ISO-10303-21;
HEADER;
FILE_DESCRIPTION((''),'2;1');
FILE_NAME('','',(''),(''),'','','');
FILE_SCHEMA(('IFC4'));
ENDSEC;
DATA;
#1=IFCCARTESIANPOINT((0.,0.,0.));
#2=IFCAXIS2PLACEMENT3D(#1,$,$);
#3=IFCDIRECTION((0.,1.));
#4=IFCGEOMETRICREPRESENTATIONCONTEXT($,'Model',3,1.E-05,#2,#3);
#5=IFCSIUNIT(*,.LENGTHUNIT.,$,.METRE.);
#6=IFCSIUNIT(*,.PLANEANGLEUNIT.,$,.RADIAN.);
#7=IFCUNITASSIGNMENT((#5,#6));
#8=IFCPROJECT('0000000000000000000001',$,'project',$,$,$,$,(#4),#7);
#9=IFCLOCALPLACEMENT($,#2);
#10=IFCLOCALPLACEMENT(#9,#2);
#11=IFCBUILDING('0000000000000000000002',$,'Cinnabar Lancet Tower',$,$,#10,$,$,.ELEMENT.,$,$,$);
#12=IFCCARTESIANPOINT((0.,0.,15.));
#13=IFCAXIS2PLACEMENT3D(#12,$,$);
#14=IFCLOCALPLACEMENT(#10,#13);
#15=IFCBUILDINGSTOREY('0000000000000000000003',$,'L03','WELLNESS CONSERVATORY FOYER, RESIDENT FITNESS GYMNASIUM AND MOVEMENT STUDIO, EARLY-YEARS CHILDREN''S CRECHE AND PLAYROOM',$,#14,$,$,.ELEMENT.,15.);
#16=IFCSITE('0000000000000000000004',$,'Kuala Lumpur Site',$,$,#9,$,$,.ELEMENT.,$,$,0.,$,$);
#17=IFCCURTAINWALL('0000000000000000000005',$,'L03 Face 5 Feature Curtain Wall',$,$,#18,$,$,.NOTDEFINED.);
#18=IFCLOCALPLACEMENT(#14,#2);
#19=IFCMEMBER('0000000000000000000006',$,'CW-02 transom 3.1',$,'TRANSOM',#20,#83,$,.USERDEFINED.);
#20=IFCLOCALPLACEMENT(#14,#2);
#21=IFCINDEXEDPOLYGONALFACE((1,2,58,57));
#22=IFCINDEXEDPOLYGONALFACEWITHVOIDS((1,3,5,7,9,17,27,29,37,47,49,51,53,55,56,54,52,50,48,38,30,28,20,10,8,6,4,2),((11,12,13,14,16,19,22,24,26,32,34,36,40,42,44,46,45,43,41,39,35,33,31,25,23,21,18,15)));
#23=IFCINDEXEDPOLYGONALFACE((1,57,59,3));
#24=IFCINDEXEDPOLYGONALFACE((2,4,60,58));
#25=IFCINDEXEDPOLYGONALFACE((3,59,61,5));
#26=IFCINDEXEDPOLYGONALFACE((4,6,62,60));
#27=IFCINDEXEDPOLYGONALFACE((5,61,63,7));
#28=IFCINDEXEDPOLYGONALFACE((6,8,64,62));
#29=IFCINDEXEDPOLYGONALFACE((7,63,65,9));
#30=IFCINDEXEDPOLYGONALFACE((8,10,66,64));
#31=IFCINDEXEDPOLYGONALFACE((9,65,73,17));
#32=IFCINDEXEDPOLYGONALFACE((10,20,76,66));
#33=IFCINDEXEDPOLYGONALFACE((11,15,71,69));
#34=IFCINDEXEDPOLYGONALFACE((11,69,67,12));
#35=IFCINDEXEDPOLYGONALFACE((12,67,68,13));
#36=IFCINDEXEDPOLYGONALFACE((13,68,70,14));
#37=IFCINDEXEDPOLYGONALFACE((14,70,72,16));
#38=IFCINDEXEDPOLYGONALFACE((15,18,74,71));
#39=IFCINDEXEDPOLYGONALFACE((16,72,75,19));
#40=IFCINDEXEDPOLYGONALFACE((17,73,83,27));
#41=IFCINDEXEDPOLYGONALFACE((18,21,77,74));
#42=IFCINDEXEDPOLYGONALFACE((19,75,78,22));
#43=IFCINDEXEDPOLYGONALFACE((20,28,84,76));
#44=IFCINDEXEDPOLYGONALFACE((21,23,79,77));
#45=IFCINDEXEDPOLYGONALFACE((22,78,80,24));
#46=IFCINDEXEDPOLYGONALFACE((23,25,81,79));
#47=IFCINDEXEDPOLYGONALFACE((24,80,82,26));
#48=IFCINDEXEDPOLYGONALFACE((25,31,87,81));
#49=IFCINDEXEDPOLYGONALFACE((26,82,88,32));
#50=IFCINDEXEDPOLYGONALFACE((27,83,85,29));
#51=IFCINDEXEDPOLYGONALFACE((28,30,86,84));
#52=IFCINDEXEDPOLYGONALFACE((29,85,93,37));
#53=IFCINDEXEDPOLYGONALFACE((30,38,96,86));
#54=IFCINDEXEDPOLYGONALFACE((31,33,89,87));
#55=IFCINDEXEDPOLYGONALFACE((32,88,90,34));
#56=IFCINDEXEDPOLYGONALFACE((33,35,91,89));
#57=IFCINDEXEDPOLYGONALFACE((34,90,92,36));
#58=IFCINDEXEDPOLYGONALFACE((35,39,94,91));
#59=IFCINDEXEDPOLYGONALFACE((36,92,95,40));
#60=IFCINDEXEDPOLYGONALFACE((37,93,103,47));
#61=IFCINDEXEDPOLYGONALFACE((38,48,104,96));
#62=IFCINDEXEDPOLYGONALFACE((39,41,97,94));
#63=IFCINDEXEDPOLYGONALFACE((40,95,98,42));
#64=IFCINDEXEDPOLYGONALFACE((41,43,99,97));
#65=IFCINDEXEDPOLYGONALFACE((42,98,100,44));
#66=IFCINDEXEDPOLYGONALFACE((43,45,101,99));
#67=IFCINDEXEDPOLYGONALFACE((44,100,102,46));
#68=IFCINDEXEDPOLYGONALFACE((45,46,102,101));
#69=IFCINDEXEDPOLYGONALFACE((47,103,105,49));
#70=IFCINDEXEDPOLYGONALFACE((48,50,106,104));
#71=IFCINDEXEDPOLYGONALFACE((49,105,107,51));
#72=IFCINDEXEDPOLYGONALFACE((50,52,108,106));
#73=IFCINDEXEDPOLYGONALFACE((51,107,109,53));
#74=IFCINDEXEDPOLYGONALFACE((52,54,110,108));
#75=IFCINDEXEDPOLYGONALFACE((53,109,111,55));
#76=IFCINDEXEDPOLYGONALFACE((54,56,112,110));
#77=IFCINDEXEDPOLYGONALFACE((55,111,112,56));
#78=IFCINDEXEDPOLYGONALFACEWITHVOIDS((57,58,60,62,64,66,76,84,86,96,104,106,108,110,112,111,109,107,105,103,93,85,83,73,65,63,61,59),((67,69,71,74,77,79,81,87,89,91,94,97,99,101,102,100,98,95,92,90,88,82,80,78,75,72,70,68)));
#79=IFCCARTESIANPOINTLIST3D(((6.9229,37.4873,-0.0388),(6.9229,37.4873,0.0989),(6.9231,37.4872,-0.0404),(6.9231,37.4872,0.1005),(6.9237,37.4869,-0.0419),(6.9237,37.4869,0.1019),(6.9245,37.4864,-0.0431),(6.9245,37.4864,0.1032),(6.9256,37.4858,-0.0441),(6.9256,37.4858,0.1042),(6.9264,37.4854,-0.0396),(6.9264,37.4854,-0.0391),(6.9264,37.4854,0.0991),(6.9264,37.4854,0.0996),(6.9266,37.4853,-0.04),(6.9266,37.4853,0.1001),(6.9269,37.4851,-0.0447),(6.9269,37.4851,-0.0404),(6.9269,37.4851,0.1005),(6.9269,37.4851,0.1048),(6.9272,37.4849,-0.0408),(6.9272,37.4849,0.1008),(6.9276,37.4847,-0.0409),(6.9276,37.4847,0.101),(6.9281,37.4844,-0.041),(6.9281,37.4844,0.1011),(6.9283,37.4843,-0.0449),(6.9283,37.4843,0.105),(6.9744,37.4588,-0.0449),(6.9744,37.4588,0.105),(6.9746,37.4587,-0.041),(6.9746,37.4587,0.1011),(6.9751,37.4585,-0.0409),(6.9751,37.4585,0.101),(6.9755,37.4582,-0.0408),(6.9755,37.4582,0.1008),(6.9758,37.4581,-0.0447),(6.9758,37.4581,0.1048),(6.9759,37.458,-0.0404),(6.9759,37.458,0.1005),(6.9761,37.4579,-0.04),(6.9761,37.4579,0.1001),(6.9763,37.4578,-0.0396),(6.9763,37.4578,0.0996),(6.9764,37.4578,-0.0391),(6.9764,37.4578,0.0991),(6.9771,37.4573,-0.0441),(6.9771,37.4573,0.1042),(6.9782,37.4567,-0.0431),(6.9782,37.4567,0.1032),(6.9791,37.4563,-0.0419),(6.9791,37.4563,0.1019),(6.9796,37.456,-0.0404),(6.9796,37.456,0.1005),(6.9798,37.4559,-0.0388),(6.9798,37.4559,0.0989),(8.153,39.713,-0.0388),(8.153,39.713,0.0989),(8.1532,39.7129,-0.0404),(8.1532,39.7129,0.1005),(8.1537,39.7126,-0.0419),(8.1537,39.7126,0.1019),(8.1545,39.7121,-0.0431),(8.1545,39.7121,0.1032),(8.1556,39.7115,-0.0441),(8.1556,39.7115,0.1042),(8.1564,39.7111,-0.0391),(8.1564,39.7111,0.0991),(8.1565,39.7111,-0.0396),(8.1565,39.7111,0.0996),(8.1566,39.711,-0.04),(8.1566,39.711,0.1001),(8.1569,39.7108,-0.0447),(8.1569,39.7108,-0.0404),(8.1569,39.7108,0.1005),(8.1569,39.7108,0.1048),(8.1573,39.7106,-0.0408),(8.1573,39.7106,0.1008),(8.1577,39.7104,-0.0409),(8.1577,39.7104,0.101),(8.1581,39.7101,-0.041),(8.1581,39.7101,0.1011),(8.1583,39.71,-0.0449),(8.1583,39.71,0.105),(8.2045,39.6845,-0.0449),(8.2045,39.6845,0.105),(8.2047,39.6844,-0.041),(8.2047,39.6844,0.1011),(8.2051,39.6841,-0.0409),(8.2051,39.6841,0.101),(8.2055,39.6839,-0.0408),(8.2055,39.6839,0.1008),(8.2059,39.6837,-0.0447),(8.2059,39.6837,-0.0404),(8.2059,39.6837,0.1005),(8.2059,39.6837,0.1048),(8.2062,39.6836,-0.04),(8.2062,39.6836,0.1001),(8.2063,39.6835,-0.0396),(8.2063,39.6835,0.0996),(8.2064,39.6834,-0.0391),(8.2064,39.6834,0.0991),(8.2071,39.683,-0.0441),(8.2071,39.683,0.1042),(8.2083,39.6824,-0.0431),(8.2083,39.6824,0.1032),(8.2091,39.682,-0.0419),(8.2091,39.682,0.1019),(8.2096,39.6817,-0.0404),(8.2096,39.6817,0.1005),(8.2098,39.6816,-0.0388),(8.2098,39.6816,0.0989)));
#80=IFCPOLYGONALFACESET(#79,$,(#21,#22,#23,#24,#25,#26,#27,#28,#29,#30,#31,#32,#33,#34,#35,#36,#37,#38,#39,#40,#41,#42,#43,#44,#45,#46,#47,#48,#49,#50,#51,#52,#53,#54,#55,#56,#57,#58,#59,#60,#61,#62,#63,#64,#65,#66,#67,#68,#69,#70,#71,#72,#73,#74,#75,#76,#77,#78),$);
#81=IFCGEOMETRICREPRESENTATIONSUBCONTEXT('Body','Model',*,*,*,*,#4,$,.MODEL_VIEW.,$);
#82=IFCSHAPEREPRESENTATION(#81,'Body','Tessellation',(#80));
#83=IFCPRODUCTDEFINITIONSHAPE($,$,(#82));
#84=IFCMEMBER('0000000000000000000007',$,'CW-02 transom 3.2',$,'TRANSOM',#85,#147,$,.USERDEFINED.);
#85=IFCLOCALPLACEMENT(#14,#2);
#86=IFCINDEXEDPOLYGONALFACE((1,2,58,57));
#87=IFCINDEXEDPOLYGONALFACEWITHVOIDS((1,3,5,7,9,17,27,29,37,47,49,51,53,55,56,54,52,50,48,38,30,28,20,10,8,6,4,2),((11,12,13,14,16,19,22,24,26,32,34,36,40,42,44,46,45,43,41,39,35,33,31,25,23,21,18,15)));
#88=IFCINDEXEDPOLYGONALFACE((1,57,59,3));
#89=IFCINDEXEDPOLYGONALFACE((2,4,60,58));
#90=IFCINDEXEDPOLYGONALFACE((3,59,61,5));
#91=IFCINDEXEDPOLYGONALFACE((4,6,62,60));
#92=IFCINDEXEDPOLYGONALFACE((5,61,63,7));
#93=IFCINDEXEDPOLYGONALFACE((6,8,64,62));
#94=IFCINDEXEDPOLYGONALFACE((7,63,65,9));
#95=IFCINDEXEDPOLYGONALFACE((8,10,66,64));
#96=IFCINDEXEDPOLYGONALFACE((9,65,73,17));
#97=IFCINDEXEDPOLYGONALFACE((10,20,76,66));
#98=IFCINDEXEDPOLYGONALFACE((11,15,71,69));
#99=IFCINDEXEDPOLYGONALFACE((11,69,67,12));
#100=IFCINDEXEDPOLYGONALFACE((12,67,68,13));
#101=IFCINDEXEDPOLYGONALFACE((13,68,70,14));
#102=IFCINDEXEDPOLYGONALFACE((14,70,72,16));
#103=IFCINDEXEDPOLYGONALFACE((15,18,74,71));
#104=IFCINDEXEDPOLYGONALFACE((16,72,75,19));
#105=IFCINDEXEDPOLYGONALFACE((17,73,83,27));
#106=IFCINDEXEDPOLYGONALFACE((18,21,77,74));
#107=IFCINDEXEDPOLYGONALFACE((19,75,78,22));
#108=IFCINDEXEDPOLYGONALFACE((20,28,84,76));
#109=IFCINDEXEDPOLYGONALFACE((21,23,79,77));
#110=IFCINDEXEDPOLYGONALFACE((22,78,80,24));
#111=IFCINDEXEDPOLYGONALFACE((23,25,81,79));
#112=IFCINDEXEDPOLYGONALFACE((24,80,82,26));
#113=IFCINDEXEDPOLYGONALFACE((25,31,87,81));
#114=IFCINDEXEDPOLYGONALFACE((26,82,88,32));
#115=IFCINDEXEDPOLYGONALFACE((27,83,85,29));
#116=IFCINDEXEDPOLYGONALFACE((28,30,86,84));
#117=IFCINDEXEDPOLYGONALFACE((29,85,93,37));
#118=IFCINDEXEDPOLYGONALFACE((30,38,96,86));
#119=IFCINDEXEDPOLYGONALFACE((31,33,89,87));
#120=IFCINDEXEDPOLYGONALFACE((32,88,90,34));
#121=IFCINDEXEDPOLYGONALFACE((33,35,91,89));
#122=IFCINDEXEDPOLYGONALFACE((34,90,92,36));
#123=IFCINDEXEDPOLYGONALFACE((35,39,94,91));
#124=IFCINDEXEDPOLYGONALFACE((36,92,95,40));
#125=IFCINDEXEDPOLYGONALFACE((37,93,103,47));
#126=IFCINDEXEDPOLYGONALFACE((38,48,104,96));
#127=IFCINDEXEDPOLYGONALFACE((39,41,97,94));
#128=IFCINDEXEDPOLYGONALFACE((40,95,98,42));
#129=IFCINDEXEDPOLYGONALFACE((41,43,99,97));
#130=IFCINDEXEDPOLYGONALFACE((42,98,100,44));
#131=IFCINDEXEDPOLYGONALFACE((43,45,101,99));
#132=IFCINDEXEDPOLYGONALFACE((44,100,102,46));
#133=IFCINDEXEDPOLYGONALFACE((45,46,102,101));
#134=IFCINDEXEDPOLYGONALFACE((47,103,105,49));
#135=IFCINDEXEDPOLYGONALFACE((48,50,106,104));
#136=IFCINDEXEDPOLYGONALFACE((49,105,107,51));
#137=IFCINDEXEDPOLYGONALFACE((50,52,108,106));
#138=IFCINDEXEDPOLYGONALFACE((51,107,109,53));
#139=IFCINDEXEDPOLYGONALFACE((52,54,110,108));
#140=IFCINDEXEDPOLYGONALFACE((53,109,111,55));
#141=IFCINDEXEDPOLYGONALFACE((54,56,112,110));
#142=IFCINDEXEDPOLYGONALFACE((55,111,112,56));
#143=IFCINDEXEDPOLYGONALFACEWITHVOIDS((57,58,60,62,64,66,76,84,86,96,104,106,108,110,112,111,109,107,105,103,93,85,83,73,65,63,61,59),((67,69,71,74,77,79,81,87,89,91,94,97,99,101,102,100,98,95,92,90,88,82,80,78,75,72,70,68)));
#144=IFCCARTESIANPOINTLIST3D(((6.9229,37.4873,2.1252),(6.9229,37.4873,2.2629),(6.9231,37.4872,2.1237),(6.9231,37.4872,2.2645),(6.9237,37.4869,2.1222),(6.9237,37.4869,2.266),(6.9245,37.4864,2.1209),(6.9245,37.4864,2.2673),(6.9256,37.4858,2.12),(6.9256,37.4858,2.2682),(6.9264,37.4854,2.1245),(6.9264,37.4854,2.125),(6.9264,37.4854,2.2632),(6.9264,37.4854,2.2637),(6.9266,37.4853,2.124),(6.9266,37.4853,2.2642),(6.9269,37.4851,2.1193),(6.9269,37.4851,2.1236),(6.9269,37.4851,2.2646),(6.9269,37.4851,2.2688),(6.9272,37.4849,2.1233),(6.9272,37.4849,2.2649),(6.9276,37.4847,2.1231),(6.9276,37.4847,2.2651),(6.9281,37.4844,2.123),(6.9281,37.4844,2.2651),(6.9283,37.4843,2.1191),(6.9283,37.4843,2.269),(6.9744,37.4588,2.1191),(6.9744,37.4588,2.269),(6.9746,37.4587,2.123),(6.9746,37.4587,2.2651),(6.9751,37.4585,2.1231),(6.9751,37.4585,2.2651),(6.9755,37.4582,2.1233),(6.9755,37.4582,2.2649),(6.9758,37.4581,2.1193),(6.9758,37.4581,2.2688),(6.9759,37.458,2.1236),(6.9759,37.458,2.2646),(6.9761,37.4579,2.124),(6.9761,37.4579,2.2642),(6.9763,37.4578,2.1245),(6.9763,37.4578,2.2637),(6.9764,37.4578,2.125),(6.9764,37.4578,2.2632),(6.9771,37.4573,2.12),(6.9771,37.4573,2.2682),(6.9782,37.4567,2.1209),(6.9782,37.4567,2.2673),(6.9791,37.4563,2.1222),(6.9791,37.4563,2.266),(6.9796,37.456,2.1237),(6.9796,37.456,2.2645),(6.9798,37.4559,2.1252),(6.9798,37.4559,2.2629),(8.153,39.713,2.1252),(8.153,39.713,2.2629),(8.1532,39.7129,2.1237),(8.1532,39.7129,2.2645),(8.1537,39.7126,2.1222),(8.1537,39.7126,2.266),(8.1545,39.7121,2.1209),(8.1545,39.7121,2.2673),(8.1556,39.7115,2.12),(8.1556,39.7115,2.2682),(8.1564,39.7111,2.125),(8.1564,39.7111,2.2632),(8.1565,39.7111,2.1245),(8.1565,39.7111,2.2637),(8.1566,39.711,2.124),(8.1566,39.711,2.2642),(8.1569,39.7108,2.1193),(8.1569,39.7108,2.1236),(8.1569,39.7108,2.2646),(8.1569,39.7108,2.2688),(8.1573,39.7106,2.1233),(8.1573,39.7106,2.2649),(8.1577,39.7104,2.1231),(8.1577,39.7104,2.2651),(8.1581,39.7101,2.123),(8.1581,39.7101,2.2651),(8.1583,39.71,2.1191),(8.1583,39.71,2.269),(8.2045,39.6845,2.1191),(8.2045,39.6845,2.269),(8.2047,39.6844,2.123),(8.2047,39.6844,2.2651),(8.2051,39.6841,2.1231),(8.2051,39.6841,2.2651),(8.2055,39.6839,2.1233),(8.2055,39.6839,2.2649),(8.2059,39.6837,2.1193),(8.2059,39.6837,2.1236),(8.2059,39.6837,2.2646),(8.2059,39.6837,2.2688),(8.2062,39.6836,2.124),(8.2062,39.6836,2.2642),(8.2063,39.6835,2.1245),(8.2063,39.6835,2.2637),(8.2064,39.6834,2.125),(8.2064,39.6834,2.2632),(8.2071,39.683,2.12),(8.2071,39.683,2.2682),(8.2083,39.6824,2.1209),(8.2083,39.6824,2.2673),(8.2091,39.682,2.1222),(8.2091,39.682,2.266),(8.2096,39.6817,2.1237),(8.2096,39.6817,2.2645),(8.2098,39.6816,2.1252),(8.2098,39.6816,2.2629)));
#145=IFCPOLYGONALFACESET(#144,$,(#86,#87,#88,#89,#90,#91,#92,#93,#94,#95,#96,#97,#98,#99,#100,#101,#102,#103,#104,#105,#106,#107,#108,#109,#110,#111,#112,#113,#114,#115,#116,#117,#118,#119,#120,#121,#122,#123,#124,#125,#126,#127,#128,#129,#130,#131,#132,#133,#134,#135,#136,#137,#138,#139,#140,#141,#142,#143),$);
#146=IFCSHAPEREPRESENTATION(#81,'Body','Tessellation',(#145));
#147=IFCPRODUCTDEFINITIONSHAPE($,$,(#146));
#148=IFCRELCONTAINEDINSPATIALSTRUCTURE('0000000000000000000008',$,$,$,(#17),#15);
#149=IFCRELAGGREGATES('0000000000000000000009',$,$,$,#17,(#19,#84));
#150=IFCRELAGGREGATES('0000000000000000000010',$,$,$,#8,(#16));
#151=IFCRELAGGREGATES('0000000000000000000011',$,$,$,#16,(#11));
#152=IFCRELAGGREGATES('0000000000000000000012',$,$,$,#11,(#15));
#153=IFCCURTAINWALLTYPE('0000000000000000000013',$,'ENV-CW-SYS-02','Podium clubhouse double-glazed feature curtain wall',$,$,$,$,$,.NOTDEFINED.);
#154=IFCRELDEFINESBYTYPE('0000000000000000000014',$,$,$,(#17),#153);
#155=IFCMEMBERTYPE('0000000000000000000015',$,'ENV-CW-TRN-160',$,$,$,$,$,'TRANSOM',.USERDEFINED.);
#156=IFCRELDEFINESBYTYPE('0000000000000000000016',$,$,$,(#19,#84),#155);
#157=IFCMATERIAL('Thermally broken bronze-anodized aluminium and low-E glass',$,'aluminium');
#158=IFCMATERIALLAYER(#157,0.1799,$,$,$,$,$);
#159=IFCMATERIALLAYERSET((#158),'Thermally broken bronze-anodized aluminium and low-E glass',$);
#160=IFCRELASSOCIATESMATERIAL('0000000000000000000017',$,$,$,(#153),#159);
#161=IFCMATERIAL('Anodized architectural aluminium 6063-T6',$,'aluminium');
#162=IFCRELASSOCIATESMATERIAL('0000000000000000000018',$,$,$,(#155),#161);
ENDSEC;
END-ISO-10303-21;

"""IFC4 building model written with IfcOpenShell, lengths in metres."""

from ifc_helpers import new_model, si_unit, direction, frame, origin, origin_2d, place, context, subcontext, project, spatial, hollow_rectangle, extrude, material, layer, layer_set, material_profile, profile_set, type_object, element, aggregate, save


model = new_model("IFC4")

# Units and contexts
model_context = context("Model", 3, precision=1e-05, world=origin(), true_north=direction((0.0, 1.0)))
body_context = subcontext(model_context, "Body", "Model", "MODEL_VIEW")
ifc_project = project(units=[si_unit("LENGTHUNIT", "METRE"), si_unit("PLANEANGLEUNIT", "RADIAN")], contexts=[model_context])

# Site, building, storey
site_placement = place(None, origin())
site = spatial("IfcSite", under=ifc_project, at=site_placement, Name="Kuala Lumpur Site", CompositionType="ELEMENT", RefElevation=0.0)
building_placement = place(site_placement, origin())
building = spatial("IfcBuilding", under=site, at=building_placement, Name="Cinnabar Lancet Tower", CompositionType="ELEMENT")
storey_placement = place(building_placement, frame((0.0, 0.0, 15.0)))
storey = spatial("IfcBuildingStorey", under=building, at=storey_placement, Name="L03", Description="WELLNESS CONSERVATORY FOYER, RESIDENT FITNESS GYMNASIUM AND MOVEMENT STUDIO, EARLY-YEARS CHILDREN'S CRECHE AND PLAYROOM", CompositionType="ELEMENT", Elevation=15.0)

# Curtain wall, members
ifc_material_1 = material(Name="Thermally broken bronze-anodized aluminium and low-E glass", Category="aluminium")
ifc_layer_1 = layer(ifc_material_1, 0.1799)
ifc_layer_set_1 = layer_set([ifc_layer_1], Name="Thermally broken bronze-anodized aluminium and low-E glass")
curtain_wall_type = type_object("IfcCurtainWallType", Name="ENV-CW-SYS-02", Description="Podium clubhouse double-glazed feature curtain wall", PredefinedType="NOTDEFINED", material=ifc_layer_set_1)
curtain_wall_placement = place(storey_placement, origin())
curtain_wall = element("IfcCurtainWall", 1, at=curtain_wall_placement, inside=storey, type_object=curtain_wall_type, Name="L03 Face 5 Feature Curtain Wall", PredefinedType="NOTDEFINED")
ifc_material_2 = material(Name="Anodized architectural aluminium 6063-T6", Category="aluminium")
ifc_material_profile_1 = material_profile(ifc_material_2, hollow_rectangle(XDim=0.0649, YDim=0.1499, WallThickness=0.0039, InnerFilletRadius=0.002, OuterFilletRadius=0.0061, at=origin_2d()), Name="CW-TRN 150x65x4")
ifc_profile_set_1 = profile_set([ifc_material_profile_1], Name="Anodized architectural aluminium 6063-T6")
member_type_1 = type_object("IfcMemberType", Name="ENV-CW-TRN-160", ElementType="TRANSOM", PredefinedType="USERDEFINED", material=ifc_profile_set_1)
member_1_placement = place(storey_placement, frame((8.1814, 39.6973, 0.03), z_axis=(-0.483702, -0.875233, 0.0), x_axis=(0.875233, -0.483702, 0.0)))
member_1 = element("IfcMember", 2, at=member_1_placement, type_object=member_type_1, Name="CW-02 transom 3.1", ObjectType="TRANSOM", PredefinedType="USERDEFINED", context=body_context, shape_type="SweptSolid", body=[
    extrude(hollow_rectangle(XDim=0.0649, YDim=0.1499, WallThickness=0.0039, InnerFilletRadius=0.002, OuterFilletRadius=0.0061, at=origin_2d()), origin(), (0.0, 0.0, 1.0), 2.543),
])
member_2_placement = place(storey_placement, frame((8.1814, 39.6973, 2.1941), z_axis=(-0.483702, -0.875233, 0.0), x_axis=(0.875233, -0.483702, 0.0)))
member_2 = element("IfcMember", 3, at=member_2_placement, type_object=member_type_1, Name="CW-02 transom 3.2", ObjectType="TRANSOM", PredefinedType="USERDEFINED", context=body_context, shape_type="SweptSolid", body=[
    extrude(hollow_rectangle(XDim=0.0649, YDim=0.1499, WallThickness=0.0039, InnerFilletRadius=0.002, OuterFilletRadius=0.0061, at=origin_2d()), origin(), (0.0, 0.0, 1.0), 2.543),
])

aggregate(curtain_wall, [member_1, member_2])

save(model, "model.ifc")
